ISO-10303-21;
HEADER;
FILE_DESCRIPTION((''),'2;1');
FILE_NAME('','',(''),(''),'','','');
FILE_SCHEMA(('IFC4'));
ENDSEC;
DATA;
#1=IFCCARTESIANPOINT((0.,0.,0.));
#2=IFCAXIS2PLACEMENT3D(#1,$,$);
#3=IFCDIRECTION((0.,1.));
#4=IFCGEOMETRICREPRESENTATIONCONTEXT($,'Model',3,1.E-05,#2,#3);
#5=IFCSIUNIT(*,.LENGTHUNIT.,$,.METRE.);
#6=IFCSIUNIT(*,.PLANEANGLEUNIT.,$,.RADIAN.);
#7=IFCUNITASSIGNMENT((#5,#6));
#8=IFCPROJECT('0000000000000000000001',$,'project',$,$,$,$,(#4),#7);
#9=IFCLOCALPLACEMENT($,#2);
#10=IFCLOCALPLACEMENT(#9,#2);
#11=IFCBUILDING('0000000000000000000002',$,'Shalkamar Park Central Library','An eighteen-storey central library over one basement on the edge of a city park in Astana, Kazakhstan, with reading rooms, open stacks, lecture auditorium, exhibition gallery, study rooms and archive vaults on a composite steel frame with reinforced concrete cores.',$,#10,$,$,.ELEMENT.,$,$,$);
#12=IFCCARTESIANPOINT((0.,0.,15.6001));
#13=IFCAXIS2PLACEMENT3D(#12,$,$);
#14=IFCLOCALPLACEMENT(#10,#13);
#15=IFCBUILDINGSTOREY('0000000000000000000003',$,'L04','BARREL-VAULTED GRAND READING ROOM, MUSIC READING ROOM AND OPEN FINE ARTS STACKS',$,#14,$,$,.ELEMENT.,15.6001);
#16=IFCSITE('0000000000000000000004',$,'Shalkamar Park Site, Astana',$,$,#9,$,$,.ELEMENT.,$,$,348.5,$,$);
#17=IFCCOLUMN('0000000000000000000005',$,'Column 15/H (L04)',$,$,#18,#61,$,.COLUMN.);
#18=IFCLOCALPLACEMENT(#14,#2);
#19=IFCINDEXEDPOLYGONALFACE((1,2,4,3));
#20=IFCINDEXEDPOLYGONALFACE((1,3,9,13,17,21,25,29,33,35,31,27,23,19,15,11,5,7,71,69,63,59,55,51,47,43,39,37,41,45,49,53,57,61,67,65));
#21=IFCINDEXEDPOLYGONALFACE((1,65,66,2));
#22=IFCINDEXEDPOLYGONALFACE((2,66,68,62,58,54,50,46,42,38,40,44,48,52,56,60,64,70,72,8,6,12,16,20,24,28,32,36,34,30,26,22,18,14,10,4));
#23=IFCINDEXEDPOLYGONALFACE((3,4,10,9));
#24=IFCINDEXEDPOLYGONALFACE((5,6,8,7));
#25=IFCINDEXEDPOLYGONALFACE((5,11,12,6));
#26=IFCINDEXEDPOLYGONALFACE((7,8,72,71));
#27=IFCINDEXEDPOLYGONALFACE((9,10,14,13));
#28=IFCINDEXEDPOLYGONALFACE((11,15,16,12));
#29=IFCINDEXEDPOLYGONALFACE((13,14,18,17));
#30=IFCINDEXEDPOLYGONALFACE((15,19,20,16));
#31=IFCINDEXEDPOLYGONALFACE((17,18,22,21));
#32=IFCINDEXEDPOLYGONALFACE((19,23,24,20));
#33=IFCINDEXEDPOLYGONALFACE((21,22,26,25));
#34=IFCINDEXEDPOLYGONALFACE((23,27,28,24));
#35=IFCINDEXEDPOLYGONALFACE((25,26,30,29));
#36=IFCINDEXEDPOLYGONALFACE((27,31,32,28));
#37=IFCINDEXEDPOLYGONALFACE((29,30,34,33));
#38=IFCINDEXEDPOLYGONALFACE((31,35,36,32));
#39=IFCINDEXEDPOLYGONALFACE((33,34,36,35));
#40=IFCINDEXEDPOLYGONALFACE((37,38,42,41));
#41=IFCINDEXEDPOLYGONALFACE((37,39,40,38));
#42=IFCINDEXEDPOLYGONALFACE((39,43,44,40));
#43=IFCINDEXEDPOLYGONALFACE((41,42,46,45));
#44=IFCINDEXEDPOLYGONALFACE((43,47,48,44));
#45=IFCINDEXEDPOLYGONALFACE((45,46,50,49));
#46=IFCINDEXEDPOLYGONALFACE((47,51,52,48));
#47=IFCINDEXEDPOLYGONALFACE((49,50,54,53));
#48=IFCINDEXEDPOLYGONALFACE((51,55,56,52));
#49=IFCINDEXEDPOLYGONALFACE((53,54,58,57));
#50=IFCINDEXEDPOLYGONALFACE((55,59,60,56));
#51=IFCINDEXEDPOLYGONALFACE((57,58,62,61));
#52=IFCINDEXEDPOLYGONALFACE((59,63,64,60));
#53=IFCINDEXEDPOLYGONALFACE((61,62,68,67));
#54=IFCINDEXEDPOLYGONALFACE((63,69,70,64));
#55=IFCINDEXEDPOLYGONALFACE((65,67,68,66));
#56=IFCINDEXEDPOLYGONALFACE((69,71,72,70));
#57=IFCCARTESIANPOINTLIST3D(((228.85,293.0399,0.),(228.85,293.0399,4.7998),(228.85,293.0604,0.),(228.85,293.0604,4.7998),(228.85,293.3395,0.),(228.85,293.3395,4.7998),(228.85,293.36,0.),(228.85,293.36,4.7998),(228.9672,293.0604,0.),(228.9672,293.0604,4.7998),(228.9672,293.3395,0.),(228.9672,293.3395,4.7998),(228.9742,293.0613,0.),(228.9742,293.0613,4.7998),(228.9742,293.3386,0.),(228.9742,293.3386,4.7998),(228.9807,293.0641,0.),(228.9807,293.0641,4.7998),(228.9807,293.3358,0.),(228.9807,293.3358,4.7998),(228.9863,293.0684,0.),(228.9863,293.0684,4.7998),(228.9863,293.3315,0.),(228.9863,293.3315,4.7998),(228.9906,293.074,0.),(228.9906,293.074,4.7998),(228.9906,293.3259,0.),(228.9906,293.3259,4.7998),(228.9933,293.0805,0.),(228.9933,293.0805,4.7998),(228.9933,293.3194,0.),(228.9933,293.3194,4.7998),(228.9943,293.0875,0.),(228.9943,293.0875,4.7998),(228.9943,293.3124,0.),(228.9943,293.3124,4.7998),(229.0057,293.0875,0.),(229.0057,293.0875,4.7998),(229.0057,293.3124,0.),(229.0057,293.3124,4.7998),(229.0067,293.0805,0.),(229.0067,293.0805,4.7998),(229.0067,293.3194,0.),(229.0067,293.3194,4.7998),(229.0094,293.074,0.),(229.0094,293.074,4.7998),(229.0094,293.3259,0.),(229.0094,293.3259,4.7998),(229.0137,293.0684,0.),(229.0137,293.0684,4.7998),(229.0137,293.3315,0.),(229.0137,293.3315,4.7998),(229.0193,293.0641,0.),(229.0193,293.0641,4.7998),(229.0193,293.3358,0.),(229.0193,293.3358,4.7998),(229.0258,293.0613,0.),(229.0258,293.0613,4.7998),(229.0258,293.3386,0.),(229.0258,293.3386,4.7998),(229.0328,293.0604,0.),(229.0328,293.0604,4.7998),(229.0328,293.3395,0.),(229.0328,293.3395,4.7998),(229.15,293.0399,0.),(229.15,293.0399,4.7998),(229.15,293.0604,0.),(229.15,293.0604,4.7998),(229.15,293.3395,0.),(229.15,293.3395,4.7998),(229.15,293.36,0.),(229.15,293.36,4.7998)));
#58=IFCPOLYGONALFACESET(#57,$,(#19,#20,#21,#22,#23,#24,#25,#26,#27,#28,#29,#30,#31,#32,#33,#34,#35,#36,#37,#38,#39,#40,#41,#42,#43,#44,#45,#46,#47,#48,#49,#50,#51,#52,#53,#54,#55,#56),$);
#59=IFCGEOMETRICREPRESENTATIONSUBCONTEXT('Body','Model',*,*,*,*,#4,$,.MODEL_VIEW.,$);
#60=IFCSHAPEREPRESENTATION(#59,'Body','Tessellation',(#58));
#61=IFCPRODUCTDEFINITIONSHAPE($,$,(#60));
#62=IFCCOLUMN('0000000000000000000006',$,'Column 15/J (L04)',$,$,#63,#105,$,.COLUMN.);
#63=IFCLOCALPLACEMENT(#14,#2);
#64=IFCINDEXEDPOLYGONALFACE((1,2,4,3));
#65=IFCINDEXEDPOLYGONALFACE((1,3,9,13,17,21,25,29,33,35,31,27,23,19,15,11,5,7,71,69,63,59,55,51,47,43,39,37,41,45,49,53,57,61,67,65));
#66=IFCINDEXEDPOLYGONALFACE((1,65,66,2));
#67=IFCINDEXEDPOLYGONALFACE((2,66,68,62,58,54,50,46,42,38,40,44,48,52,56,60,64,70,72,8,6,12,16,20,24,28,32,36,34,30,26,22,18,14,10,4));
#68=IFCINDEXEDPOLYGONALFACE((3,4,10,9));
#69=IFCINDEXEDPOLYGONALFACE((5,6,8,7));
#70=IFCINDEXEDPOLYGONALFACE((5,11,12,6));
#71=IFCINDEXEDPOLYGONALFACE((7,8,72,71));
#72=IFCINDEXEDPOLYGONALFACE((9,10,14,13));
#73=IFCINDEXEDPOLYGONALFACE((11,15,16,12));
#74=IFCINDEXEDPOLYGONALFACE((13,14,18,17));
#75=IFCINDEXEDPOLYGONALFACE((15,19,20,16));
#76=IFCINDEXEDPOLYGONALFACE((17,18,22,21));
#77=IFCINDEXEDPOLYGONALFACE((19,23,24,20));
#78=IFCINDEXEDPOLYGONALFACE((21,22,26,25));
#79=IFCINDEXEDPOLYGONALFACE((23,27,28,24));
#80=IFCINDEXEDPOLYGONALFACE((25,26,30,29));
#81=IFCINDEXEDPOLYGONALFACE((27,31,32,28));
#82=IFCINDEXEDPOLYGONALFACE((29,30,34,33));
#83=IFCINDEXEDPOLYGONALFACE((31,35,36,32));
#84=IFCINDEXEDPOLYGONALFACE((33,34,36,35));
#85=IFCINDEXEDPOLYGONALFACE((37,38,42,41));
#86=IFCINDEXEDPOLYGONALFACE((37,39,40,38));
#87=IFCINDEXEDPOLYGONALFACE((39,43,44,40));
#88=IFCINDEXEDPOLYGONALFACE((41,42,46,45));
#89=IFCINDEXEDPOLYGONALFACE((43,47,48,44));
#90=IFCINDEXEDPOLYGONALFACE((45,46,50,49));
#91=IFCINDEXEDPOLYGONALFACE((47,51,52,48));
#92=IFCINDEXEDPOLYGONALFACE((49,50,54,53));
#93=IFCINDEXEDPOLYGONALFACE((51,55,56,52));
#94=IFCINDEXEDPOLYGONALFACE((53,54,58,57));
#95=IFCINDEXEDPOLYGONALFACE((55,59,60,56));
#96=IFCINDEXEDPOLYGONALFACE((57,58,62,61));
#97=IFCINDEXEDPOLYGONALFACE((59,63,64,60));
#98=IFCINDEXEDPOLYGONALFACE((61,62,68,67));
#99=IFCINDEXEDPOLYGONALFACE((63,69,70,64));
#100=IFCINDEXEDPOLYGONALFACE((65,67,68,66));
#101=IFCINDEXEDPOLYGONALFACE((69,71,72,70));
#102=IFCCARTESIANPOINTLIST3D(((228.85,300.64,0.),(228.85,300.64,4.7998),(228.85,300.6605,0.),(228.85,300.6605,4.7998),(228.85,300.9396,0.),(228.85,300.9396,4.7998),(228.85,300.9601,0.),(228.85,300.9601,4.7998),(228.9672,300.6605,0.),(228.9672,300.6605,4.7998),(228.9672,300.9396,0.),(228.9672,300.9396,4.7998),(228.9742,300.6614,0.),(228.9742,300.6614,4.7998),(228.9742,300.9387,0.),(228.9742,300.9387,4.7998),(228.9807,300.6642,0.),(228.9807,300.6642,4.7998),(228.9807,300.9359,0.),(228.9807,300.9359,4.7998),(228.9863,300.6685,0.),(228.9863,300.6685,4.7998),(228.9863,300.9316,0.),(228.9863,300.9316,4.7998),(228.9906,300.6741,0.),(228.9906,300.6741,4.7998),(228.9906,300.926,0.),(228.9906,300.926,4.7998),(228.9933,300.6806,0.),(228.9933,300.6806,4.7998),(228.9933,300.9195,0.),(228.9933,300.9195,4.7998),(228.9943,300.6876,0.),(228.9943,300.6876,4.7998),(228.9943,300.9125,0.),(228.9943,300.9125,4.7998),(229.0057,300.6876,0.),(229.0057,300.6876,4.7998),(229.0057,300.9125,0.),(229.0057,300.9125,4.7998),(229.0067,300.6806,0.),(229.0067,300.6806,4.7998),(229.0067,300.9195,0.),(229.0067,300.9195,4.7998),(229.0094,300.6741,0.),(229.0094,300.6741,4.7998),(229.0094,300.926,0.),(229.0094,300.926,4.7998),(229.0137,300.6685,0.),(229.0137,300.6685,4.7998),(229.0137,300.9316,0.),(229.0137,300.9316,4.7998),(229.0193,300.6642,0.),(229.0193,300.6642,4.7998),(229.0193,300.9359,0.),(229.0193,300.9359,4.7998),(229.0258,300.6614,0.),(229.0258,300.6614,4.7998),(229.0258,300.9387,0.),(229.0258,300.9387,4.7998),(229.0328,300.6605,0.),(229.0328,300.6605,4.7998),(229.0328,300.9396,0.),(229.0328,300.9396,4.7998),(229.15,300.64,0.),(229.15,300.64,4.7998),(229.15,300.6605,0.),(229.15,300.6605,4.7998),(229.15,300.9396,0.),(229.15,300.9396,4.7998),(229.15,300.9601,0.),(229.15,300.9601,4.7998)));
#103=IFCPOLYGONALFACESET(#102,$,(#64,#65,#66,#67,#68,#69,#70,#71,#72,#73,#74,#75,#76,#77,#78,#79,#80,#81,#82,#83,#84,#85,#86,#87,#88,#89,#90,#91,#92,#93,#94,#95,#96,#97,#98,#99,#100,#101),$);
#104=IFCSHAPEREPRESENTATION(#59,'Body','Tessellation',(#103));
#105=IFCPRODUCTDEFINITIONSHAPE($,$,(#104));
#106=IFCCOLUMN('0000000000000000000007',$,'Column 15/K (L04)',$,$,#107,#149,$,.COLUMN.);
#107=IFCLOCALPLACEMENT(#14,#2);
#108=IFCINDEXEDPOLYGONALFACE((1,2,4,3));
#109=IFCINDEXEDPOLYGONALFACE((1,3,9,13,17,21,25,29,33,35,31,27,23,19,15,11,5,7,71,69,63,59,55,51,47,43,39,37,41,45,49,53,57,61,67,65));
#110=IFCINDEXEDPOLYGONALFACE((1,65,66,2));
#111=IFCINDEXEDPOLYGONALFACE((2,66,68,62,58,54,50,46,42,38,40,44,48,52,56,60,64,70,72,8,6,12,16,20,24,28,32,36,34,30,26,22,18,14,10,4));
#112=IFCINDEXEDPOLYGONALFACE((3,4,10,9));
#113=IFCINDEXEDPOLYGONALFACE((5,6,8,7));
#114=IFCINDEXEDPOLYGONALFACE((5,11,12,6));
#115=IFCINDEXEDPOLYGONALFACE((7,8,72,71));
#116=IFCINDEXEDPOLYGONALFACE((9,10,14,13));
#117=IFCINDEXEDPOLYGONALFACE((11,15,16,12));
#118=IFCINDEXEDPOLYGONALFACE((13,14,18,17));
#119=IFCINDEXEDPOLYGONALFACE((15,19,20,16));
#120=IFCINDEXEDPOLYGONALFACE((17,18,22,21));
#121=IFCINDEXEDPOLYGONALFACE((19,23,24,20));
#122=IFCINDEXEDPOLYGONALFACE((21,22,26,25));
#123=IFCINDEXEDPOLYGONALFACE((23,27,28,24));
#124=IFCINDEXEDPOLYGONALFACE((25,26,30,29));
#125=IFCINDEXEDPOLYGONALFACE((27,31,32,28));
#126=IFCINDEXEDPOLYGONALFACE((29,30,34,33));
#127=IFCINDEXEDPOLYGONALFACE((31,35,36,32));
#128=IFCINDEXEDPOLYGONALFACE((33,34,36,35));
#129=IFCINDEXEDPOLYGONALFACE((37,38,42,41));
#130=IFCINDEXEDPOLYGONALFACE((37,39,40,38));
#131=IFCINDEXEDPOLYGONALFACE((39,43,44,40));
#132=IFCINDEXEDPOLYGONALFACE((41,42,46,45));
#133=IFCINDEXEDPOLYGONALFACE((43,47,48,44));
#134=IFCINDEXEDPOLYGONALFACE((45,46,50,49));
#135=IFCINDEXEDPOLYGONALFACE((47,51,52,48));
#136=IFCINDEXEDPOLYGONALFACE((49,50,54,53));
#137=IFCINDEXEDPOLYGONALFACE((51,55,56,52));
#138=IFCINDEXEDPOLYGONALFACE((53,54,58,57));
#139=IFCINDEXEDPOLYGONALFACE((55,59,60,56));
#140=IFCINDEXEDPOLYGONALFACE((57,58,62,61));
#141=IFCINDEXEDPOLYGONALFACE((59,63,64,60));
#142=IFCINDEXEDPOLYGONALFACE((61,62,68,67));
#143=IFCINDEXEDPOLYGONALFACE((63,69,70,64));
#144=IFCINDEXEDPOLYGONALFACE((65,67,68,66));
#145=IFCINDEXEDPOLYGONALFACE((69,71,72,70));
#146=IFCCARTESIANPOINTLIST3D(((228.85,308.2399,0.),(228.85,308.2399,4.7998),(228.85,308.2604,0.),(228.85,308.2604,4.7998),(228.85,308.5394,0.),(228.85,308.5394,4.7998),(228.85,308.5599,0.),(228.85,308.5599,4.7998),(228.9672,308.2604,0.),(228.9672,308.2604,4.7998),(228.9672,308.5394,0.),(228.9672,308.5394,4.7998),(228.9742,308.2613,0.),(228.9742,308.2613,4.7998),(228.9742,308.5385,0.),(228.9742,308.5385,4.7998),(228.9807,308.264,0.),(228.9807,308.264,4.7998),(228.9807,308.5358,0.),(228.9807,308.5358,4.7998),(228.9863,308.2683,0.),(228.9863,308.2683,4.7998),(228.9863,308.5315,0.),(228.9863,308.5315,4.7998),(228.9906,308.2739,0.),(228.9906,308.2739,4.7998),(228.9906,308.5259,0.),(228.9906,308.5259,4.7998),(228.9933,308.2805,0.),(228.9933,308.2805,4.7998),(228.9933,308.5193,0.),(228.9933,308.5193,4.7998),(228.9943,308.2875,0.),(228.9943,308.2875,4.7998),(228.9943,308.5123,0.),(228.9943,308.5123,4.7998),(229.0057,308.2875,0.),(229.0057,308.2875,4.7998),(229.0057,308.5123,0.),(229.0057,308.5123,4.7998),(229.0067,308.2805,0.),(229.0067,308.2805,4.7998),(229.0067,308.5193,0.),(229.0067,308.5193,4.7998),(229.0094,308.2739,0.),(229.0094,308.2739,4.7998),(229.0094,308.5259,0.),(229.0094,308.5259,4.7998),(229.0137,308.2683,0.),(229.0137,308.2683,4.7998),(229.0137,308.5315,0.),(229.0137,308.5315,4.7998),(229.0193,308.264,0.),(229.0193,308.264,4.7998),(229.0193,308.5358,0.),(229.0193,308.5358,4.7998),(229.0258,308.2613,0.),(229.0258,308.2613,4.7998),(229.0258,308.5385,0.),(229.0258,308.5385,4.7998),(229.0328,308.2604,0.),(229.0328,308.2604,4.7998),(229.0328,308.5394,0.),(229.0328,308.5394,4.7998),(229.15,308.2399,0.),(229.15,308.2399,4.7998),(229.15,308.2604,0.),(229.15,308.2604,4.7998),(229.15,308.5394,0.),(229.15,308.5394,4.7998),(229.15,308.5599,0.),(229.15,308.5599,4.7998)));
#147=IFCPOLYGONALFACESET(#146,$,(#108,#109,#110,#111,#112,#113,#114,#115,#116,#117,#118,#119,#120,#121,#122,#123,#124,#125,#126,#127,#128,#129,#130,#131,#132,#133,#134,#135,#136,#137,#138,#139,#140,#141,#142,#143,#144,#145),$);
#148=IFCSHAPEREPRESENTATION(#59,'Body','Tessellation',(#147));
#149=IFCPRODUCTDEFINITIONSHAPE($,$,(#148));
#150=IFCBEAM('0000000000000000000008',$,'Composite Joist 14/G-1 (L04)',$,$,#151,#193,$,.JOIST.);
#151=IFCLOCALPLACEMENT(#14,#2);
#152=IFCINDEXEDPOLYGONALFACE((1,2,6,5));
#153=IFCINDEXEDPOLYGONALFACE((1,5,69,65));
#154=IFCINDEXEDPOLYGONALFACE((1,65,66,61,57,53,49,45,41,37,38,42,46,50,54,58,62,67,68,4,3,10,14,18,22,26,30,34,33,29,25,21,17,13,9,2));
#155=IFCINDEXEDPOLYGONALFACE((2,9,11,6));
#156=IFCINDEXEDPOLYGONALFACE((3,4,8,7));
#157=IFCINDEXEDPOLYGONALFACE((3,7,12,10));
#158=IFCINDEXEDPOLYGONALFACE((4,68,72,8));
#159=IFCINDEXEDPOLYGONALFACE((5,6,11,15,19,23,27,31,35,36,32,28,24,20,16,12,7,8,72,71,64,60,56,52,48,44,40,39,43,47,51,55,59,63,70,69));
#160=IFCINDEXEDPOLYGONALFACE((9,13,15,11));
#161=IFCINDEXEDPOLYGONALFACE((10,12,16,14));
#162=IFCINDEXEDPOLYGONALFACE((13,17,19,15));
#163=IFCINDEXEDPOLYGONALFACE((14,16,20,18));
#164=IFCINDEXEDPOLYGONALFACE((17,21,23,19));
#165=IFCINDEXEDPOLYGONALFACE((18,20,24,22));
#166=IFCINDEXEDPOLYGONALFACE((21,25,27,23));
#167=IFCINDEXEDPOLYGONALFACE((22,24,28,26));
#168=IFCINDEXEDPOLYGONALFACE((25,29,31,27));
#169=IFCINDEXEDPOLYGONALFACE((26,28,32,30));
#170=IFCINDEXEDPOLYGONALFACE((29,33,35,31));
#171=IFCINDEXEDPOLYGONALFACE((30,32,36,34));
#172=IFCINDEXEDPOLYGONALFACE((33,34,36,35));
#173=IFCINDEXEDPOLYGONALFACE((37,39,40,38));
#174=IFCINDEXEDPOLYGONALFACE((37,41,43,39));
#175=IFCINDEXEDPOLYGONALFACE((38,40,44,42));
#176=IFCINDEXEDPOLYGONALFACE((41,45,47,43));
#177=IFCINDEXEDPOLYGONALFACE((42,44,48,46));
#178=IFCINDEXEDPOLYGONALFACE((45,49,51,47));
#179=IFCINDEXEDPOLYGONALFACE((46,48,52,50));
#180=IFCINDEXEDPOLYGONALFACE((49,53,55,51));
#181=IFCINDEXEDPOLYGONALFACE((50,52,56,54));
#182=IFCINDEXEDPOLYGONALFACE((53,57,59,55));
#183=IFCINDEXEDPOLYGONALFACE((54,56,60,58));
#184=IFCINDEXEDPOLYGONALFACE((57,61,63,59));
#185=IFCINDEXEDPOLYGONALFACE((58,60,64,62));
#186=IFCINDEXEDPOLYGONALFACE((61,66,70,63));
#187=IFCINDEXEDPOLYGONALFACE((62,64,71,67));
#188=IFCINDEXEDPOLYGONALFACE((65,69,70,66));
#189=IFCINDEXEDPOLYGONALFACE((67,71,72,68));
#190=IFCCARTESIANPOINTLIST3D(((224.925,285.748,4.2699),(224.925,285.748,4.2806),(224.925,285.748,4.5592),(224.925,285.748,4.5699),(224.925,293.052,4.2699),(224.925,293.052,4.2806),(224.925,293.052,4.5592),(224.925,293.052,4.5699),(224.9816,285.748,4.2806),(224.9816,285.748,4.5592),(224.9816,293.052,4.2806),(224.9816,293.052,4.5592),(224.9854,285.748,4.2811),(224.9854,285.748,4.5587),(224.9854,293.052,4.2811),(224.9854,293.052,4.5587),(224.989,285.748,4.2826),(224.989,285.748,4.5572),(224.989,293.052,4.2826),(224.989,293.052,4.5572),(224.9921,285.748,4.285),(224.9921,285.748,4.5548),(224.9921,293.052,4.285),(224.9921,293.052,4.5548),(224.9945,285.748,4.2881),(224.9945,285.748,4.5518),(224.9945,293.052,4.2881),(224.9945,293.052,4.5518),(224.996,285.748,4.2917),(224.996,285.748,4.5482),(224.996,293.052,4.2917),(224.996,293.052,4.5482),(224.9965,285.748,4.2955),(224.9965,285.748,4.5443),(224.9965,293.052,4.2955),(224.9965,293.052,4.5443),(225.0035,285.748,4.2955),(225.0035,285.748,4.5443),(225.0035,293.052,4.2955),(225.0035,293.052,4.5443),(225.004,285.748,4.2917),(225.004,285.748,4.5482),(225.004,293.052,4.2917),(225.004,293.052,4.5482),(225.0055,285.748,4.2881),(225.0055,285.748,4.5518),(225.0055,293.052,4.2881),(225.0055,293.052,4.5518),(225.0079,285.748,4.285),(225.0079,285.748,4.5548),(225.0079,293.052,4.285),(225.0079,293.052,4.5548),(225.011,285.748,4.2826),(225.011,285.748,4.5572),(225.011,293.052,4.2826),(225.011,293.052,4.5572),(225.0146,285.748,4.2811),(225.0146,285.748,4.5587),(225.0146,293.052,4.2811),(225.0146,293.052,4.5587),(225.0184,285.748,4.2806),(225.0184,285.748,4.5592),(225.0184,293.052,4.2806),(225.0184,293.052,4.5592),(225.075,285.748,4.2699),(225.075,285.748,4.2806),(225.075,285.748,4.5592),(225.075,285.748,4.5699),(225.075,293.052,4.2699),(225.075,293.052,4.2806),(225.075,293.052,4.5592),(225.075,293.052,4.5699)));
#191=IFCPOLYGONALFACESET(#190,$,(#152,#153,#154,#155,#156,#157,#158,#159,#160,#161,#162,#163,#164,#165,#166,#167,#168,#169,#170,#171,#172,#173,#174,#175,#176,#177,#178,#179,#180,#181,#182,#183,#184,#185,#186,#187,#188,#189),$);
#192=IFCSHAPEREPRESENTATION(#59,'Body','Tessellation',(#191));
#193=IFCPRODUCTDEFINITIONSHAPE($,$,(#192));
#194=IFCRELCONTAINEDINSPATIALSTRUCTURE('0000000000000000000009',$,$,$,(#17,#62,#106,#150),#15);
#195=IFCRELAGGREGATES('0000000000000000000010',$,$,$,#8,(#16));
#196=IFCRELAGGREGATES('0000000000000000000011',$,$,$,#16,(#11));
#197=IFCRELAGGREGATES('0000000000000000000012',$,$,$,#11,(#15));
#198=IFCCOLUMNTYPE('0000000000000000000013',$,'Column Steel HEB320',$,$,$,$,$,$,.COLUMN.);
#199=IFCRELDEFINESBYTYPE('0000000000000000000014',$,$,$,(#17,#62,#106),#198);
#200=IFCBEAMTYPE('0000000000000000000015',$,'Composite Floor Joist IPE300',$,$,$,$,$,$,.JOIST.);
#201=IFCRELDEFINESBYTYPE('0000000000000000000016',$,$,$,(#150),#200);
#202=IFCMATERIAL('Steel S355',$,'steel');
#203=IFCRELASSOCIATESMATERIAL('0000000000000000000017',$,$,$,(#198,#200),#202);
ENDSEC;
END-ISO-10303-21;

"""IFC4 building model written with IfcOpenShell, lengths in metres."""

from ifc_helpers import new_model, si_unit, direction, frame, origin, origin_2d, place, context, subcontext, project, spatial, i_section, extrude, material, material_profile, profile_set, type_object, element, save


model = new_model("IFC4")

# Units and contexts
model_context = context("Model", 3, precision=1e-05, world=origin(), true_north=direction((0.0, 1.0)))
body_context = subcontext(model_context, "Body", "Model", "MODEL_VIEW")
ifc_project = project(units=[si_unit("LENGTHUNIT", "METRE"), si_unit("PLANEANGLEUNIT", "RADIAN")], contexts=[model_context])

# Site, building, storey
site_placement = place(None, origin())
site = spatial("IfcSite", under=ifc_project, at=site_placement, Name="Shalkamar Park Site, Astana", CompositionType="ELEMENT", RefElevation=348.5)
building_placement = place(site_placement, origin())
building = spatial("IfcBuilding", under=site, at=building_placement, Name="Shalkamar Park Central Library", Description="An eighteen-storey central library over one basement on the edge of a city park in Astana, Kazakhstan, with reading rooms, open stacks, lecture auditorium, exhibition gallery, study rooms and archive vaults on a composite steel frame with reinforced concrete cores.", CompositionType="ELEMENT")
storey_placement = place(building_placement, frame((0.0, 0.0, 15.6001)))
storey = spatial("IfcBuildingStorey", under=building, at=storey_placement, Name="L04", Description="BARREL-VAULTED GRAND READING ROOM, MUSIC READING ROOM AND OPEN FINE ARTS STACKS", CompositionType="ELEMENT", Elevation=15.6001)

# Columns
ifc_material = material(Name="Steel S355", Category="steel")
ifc_material_profile_1 = material_profile(ifc_material, i_section(OverallWidth=0.3, OverallDepth=0.3201, WebThickness=0.0115, FlangeThickness=0.0205, FilletRadius=0.0271, at=origin_2d()), Name="HEB 320")
ifc_profile_set_1 = profile_set([ifc_material_profile_1], Name="Steel S355")
column_type_1 = type_object("IfcColumnType", Name="Column Steel HEB320", PredefinedType="COLUMN", material=ifc_profile_set_1)
for number, where, z_axis, x_axis, name in (
    (1, (229.0, 293.2, 0.0), (0.0, 0.0, 1.0), (1.0, 0.0, 0.0), "Column 15/H (L04)"),
    (2, (229.0, 300.8, 0.0), (0.0, 0.0, 1.0), (1.0, 0.0, 0.0), "Column 15/J (L04)"),
    (3, (229.0, 308.3999, 0.0), (0.0, 0.0, 1.0), (1.0, 0.0, 0.0), "Column 15/K (L04)"),
):
    element("IfcColumn", number, at=place(storey_placement, frame(where, z_axis=z_axis, x_axis=x_axis)), inside=storey, type_object=column_type_1, Name=name, PredefinedType="COLUMN", context=body_context, shape_type="SweptSolid", body=[
        extrude(i_section(OverallWidth=0.3, OverallDepth=0.3201, WebThickness=0.0115, FlangeThickness=0.0205, FilletRadius=0.0271, at=origin_2d()), origin(), (0.0, 0.0, 1.0), 4.7998),
    ])

# Beam
ifc_material_profile_2 = material_profile(ifc_material, i_section(OverallWidth=0.1499, OverallDepth=0.3, WebThickness=0.0071, FlangeThickness=0.0107, FilletRadius=0.0149, at=origin_2d()), Name="IPE 300")
ifc_profile_set_2 = profile_set([ifc_material_profile_2], Name="Steel S355")
beam_type_1 = type_object("IfcBeamType", Name="Composite Floor Joist IPE300", PredefinedType="JOIST", material=ifc_profile_set_2)
for number, where, z_axis, x_axis, name in (
    (4, (225.0, 285.748, 4.4199), (0.0, 1.0, 0.0), (-1.0, 0.0, 0.0), "Composite Joist 14/G-1 (L04)"),
):
    element("IfcBeam", number, at=place(storey_placement, frame(where, z_axis=z_axis, x_axis=x_axis)), inside=storey, type_object=beam_type_1, Name=name, PredefinedType="JOIST", context=body_context, shape_type="SweptSolid", body=[
        extrude(i_section(OverallWidth=0.1499, OverallDepth=0.3, WebThickness=0.0071, FlangeThickness=0.0107, FilletRadius=0.0149, at=origin_2d()), origin(), (0.0, 0.0, 1.0), 7.304),
    ])

save(model, "model.ifc")
